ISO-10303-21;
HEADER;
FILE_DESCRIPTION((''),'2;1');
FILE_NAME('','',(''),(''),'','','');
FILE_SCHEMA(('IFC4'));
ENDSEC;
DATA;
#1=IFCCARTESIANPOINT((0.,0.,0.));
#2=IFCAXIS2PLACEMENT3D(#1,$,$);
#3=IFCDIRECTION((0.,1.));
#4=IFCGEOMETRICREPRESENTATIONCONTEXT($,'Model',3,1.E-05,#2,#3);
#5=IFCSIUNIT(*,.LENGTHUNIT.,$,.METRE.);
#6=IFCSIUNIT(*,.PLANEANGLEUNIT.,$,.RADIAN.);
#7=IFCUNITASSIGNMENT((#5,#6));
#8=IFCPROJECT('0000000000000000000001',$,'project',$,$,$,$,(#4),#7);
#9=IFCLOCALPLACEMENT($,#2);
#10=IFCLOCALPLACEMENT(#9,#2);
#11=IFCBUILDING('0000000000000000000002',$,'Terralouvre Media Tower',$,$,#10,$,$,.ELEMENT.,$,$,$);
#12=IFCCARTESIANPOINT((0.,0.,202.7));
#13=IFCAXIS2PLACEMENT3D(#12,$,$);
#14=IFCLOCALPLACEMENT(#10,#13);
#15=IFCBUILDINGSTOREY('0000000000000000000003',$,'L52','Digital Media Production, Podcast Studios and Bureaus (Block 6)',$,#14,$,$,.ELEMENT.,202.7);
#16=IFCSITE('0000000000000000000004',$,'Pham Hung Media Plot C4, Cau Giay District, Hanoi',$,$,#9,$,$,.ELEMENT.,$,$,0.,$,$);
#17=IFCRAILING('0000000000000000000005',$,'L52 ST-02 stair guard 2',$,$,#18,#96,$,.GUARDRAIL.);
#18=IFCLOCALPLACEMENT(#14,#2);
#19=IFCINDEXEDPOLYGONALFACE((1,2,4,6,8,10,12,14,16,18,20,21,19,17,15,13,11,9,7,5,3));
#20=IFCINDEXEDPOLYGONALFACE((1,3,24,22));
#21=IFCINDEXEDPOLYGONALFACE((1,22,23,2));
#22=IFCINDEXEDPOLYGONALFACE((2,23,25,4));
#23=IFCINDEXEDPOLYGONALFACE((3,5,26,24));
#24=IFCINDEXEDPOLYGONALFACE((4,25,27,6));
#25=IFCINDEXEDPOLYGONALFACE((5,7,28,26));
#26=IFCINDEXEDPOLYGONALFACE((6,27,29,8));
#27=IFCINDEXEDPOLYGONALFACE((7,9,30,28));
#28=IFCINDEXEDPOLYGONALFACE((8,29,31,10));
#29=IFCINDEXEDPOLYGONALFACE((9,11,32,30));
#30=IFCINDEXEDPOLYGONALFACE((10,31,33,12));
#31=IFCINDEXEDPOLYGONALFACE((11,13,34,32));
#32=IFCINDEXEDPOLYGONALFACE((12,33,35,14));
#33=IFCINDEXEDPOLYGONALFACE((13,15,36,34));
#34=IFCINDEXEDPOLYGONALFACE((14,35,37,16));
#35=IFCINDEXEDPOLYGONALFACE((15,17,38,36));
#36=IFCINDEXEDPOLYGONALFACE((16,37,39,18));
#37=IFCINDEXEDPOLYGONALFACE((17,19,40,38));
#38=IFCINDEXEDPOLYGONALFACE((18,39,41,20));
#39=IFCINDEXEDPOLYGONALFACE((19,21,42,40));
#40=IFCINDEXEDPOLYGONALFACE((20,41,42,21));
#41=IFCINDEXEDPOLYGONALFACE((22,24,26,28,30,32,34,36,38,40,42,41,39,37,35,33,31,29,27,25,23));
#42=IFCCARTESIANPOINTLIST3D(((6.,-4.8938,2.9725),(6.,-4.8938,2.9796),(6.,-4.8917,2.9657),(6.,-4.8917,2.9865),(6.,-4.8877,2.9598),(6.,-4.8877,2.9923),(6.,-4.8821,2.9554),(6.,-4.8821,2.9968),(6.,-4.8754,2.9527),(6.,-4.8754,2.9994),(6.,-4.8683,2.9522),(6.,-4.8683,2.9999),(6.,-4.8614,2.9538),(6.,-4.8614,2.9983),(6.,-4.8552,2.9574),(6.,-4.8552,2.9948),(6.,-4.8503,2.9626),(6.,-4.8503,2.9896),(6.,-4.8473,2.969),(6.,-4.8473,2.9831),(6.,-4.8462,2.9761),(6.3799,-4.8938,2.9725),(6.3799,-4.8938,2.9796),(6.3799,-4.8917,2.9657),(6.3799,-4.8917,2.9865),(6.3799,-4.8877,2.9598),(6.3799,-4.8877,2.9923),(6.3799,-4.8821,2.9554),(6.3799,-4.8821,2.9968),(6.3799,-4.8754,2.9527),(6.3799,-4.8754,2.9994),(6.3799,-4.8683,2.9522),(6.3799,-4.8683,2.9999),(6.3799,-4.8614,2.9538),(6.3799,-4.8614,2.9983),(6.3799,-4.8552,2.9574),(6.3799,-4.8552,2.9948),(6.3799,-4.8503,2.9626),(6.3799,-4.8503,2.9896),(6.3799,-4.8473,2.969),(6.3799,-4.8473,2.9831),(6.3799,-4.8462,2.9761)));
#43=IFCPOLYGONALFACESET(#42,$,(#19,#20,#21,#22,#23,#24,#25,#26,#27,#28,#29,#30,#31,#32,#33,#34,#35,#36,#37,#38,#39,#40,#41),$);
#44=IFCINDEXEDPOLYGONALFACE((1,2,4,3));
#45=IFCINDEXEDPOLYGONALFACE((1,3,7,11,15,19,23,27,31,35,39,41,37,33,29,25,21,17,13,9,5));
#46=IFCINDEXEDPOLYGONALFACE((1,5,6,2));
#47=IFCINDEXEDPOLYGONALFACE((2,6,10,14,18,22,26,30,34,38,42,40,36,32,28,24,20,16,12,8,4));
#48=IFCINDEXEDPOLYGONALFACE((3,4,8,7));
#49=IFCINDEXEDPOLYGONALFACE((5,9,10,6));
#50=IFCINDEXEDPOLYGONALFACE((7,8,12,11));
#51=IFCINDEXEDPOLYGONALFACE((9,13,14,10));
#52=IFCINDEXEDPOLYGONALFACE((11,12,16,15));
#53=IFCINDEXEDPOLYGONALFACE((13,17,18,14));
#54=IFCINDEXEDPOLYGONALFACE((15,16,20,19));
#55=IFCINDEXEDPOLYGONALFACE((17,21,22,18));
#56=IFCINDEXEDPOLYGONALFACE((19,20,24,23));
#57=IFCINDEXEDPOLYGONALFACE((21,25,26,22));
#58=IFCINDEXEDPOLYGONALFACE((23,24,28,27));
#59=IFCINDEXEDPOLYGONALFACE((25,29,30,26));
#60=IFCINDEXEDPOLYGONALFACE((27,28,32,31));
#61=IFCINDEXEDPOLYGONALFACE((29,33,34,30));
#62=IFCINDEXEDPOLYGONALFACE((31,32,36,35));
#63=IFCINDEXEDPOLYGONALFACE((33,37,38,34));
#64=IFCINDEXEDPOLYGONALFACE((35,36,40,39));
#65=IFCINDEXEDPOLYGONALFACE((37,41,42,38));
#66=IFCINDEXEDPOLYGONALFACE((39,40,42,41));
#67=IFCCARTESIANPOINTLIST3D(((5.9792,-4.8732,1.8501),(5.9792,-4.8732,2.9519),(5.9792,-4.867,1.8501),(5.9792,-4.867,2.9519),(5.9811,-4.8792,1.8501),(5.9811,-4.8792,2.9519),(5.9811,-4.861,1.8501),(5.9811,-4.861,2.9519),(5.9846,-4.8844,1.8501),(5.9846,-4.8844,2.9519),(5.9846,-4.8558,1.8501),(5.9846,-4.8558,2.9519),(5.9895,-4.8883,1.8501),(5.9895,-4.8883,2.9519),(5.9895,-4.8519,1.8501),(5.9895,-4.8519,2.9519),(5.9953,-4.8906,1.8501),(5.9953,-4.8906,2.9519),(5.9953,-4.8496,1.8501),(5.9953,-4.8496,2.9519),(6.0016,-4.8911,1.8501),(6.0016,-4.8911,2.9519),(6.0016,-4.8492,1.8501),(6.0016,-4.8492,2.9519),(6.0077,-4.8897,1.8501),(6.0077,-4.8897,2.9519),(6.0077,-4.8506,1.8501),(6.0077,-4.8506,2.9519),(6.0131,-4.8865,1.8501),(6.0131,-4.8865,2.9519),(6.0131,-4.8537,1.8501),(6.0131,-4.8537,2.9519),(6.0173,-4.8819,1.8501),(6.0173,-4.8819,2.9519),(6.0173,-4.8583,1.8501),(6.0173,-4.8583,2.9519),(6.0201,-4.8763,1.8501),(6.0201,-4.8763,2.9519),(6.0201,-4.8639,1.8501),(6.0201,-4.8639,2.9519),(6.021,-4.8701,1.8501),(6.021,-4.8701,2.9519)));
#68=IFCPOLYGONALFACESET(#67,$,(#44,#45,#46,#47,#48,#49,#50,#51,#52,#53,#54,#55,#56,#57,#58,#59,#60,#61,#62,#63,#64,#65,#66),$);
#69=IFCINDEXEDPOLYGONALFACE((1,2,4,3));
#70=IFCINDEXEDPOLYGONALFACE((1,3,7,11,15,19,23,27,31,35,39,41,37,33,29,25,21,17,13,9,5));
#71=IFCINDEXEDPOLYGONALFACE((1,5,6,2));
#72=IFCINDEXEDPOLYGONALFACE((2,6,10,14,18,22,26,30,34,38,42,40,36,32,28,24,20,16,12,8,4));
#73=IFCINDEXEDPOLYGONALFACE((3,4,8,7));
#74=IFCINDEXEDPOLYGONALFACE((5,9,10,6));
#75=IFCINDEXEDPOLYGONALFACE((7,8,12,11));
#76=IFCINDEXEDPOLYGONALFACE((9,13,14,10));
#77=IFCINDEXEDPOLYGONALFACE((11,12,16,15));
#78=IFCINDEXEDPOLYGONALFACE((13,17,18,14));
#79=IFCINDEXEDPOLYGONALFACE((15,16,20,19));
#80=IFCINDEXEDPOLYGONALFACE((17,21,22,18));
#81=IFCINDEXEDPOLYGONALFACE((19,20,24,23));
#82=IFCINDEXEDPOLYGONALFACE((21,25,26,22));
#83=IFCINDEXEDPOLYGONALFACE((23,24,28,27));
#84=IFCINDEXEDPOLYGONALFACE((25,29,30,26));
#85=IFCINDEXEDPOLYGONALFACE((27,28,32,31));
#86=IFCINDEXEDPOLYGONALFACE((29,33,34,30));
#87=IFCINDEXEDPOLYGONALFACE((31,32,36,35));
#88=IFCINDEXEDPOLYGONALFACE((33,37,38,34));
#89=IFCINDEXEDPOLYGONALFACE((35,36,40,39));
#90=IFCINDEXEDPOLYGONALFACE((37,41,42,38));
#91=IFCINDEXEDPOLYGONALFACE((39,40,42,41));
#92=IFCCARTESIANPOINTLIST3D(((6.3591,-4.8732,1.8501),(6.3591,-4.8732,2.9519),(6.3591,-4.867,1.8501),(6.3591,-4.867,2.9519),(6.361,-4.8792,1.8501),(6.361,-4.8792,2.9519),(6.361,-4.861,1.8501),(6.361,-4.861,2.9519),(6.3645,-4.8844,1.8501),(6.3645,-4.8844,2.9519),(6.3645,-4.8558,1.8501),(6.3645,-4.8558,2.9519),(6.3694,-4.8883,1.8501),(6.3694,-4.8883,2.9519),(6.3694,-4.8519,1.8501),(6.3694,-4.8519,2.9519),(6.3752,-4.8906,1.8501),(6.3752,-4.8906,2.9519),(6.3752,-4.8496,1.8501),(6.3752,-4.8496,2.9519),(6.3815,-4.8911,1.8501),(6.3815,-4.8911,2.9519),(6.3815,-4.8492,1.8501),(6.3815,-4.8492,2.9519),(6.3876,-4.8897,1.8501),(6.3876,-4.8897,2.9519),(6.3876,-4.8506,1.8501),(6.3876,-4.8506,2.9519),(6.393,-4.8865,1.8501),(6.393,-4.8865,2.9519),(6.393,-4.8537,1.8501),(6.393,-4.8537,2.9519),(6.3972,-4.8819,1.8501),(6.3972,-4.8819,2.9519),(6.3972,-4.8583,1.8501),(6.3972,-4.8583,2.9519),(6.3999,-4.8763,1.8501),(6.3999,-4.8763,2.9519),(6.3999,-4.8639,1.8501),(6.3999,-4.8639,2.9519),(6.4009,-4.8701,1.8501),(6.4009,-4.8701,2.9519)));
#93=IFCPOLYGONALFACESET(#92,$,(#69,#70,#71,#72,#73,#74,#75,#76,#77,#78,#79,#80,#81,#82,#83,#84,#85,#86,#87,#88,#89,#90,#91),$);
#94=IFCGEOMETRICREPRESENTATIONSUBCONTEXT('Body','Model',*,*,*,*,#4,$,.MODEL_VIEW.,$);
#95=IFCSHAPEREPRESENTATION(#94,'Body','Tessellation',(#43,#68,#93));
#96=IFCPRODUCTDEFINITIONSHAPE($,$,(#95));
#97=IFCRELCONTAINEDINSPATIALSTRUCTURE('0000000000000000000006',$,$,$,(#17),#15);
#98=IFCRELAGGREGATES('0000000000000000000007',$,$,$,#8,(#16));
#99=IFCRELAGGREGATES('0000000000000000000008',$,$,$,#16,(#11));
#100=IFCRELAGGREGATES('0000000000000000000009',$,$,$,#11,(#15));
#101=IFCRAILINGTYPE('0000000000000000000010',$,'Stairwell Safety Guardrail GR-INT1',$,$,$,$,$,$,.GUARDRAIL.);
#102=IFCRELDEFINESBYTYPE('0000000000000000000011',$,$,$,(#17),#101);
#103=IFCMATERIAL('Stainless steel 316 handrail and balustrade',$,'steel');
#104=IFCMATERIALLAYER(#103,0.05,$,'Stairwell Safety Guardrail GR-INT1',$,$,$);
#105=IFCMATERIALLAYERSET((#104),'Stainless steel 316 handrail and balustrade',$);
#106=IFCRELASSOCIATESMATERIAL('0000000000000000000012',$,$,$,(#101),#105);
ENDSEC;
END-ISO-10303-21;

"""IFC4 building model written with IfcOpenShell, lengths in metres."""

from ifc_helpers import new_model, si_unit, direction, frame, origin, origin_2d, place, context, subcontext, project, spatial, circle, extrude, material, layer, layer_set, type_object, element, save


model = new_model("IFC4")

# Units and contexts
model_context = context("Model", 3, precision=1e-05, world=origin(), true_north=direction((0.0, 1.0)))
body_context = subcontext(model_context, "Body", "Model", "MODEL_VIEW")
ifc_project = project(units=[si_unit("LENGTHUNIT", "METRE"), si_unit("PLANEANGLEUNIT", "RADIAN")], contexts=[model_context])

# Site, building, storey
site_placement = place(None, origin())
site = spatial("IfcSite", under=ifc_project, at=site_placement, Name="Pham Hung Media Plot C4, Cau Giay District, Hanoi", CompositionType="ELEMENT", RefElevation=0.0)
building_placement = place(site_placement, origin())
building = spatial("IfcBuilding", under=site, at=building_placement, Name="Terralouvre Media Tower", CompositionType="ELEMENT")
storey_placement = place(building_placement, frame((0.0, 0.0, 202.7)))
storey = spatial("IfcBuildingStorey", under=building, at=storey_placement, Name="L52", Description="Digital Media Production, Podcast Studios and Bureaus (Block 6)", CompositionType="ELEMENT", Elevation=202.7)

# Railing
ifc_material_1 = material(Name="Stainless steel 316 handrail and balustrade", Category="steel")
ifc_layer_1 = layer(ifc_material_1, 0.05, Name="Stairwell Safety Guardrail GR-INT1")
ifc_layer_set_1 = layer_set([ifc_layer_1], Name="Stainless steel 316 handrail and balustrade")
railing_type_1 = type_object("IfcRailingType", Name="Stairwell Safety Guardrail GR-INT1", PredefinedType="GUARDRAIL", material=ifc_layer_set_1)
railing_1_placement = place(storey_placement, frame((6.0, -4.8701, 1.8501)))
element("IfcRailing", 1, at=railing_1_placement, inside=storey, type_object=railing_type_1, Name="L52 ST-02 stair guard 2", PredefinedType="GUARDRAIL", context=body_context, shape_type="SweptSolid", body=[
    extrude(circle(Radius=0.0239, at=origin_2d()), frame((0.0, 0.0, 1.126), z_axis=(1.0, 0.0, 0.0), x_axis=(0.0, 1.0, 0.0)), (0.0, 0.0, 1.0), 0.3799),
    extrude(circle(Radius=0.021, at=origin_2d()), origin(), (0.0, 0.0, 1.0), 1.1018),
    extrude(circle(Radius=0.021, at=origin_2d()), frame((0.3799, 0.0, 0.0)), (0.0, 0.0, 1.0), 1.1018),
])

save(model, "model.ifc")
